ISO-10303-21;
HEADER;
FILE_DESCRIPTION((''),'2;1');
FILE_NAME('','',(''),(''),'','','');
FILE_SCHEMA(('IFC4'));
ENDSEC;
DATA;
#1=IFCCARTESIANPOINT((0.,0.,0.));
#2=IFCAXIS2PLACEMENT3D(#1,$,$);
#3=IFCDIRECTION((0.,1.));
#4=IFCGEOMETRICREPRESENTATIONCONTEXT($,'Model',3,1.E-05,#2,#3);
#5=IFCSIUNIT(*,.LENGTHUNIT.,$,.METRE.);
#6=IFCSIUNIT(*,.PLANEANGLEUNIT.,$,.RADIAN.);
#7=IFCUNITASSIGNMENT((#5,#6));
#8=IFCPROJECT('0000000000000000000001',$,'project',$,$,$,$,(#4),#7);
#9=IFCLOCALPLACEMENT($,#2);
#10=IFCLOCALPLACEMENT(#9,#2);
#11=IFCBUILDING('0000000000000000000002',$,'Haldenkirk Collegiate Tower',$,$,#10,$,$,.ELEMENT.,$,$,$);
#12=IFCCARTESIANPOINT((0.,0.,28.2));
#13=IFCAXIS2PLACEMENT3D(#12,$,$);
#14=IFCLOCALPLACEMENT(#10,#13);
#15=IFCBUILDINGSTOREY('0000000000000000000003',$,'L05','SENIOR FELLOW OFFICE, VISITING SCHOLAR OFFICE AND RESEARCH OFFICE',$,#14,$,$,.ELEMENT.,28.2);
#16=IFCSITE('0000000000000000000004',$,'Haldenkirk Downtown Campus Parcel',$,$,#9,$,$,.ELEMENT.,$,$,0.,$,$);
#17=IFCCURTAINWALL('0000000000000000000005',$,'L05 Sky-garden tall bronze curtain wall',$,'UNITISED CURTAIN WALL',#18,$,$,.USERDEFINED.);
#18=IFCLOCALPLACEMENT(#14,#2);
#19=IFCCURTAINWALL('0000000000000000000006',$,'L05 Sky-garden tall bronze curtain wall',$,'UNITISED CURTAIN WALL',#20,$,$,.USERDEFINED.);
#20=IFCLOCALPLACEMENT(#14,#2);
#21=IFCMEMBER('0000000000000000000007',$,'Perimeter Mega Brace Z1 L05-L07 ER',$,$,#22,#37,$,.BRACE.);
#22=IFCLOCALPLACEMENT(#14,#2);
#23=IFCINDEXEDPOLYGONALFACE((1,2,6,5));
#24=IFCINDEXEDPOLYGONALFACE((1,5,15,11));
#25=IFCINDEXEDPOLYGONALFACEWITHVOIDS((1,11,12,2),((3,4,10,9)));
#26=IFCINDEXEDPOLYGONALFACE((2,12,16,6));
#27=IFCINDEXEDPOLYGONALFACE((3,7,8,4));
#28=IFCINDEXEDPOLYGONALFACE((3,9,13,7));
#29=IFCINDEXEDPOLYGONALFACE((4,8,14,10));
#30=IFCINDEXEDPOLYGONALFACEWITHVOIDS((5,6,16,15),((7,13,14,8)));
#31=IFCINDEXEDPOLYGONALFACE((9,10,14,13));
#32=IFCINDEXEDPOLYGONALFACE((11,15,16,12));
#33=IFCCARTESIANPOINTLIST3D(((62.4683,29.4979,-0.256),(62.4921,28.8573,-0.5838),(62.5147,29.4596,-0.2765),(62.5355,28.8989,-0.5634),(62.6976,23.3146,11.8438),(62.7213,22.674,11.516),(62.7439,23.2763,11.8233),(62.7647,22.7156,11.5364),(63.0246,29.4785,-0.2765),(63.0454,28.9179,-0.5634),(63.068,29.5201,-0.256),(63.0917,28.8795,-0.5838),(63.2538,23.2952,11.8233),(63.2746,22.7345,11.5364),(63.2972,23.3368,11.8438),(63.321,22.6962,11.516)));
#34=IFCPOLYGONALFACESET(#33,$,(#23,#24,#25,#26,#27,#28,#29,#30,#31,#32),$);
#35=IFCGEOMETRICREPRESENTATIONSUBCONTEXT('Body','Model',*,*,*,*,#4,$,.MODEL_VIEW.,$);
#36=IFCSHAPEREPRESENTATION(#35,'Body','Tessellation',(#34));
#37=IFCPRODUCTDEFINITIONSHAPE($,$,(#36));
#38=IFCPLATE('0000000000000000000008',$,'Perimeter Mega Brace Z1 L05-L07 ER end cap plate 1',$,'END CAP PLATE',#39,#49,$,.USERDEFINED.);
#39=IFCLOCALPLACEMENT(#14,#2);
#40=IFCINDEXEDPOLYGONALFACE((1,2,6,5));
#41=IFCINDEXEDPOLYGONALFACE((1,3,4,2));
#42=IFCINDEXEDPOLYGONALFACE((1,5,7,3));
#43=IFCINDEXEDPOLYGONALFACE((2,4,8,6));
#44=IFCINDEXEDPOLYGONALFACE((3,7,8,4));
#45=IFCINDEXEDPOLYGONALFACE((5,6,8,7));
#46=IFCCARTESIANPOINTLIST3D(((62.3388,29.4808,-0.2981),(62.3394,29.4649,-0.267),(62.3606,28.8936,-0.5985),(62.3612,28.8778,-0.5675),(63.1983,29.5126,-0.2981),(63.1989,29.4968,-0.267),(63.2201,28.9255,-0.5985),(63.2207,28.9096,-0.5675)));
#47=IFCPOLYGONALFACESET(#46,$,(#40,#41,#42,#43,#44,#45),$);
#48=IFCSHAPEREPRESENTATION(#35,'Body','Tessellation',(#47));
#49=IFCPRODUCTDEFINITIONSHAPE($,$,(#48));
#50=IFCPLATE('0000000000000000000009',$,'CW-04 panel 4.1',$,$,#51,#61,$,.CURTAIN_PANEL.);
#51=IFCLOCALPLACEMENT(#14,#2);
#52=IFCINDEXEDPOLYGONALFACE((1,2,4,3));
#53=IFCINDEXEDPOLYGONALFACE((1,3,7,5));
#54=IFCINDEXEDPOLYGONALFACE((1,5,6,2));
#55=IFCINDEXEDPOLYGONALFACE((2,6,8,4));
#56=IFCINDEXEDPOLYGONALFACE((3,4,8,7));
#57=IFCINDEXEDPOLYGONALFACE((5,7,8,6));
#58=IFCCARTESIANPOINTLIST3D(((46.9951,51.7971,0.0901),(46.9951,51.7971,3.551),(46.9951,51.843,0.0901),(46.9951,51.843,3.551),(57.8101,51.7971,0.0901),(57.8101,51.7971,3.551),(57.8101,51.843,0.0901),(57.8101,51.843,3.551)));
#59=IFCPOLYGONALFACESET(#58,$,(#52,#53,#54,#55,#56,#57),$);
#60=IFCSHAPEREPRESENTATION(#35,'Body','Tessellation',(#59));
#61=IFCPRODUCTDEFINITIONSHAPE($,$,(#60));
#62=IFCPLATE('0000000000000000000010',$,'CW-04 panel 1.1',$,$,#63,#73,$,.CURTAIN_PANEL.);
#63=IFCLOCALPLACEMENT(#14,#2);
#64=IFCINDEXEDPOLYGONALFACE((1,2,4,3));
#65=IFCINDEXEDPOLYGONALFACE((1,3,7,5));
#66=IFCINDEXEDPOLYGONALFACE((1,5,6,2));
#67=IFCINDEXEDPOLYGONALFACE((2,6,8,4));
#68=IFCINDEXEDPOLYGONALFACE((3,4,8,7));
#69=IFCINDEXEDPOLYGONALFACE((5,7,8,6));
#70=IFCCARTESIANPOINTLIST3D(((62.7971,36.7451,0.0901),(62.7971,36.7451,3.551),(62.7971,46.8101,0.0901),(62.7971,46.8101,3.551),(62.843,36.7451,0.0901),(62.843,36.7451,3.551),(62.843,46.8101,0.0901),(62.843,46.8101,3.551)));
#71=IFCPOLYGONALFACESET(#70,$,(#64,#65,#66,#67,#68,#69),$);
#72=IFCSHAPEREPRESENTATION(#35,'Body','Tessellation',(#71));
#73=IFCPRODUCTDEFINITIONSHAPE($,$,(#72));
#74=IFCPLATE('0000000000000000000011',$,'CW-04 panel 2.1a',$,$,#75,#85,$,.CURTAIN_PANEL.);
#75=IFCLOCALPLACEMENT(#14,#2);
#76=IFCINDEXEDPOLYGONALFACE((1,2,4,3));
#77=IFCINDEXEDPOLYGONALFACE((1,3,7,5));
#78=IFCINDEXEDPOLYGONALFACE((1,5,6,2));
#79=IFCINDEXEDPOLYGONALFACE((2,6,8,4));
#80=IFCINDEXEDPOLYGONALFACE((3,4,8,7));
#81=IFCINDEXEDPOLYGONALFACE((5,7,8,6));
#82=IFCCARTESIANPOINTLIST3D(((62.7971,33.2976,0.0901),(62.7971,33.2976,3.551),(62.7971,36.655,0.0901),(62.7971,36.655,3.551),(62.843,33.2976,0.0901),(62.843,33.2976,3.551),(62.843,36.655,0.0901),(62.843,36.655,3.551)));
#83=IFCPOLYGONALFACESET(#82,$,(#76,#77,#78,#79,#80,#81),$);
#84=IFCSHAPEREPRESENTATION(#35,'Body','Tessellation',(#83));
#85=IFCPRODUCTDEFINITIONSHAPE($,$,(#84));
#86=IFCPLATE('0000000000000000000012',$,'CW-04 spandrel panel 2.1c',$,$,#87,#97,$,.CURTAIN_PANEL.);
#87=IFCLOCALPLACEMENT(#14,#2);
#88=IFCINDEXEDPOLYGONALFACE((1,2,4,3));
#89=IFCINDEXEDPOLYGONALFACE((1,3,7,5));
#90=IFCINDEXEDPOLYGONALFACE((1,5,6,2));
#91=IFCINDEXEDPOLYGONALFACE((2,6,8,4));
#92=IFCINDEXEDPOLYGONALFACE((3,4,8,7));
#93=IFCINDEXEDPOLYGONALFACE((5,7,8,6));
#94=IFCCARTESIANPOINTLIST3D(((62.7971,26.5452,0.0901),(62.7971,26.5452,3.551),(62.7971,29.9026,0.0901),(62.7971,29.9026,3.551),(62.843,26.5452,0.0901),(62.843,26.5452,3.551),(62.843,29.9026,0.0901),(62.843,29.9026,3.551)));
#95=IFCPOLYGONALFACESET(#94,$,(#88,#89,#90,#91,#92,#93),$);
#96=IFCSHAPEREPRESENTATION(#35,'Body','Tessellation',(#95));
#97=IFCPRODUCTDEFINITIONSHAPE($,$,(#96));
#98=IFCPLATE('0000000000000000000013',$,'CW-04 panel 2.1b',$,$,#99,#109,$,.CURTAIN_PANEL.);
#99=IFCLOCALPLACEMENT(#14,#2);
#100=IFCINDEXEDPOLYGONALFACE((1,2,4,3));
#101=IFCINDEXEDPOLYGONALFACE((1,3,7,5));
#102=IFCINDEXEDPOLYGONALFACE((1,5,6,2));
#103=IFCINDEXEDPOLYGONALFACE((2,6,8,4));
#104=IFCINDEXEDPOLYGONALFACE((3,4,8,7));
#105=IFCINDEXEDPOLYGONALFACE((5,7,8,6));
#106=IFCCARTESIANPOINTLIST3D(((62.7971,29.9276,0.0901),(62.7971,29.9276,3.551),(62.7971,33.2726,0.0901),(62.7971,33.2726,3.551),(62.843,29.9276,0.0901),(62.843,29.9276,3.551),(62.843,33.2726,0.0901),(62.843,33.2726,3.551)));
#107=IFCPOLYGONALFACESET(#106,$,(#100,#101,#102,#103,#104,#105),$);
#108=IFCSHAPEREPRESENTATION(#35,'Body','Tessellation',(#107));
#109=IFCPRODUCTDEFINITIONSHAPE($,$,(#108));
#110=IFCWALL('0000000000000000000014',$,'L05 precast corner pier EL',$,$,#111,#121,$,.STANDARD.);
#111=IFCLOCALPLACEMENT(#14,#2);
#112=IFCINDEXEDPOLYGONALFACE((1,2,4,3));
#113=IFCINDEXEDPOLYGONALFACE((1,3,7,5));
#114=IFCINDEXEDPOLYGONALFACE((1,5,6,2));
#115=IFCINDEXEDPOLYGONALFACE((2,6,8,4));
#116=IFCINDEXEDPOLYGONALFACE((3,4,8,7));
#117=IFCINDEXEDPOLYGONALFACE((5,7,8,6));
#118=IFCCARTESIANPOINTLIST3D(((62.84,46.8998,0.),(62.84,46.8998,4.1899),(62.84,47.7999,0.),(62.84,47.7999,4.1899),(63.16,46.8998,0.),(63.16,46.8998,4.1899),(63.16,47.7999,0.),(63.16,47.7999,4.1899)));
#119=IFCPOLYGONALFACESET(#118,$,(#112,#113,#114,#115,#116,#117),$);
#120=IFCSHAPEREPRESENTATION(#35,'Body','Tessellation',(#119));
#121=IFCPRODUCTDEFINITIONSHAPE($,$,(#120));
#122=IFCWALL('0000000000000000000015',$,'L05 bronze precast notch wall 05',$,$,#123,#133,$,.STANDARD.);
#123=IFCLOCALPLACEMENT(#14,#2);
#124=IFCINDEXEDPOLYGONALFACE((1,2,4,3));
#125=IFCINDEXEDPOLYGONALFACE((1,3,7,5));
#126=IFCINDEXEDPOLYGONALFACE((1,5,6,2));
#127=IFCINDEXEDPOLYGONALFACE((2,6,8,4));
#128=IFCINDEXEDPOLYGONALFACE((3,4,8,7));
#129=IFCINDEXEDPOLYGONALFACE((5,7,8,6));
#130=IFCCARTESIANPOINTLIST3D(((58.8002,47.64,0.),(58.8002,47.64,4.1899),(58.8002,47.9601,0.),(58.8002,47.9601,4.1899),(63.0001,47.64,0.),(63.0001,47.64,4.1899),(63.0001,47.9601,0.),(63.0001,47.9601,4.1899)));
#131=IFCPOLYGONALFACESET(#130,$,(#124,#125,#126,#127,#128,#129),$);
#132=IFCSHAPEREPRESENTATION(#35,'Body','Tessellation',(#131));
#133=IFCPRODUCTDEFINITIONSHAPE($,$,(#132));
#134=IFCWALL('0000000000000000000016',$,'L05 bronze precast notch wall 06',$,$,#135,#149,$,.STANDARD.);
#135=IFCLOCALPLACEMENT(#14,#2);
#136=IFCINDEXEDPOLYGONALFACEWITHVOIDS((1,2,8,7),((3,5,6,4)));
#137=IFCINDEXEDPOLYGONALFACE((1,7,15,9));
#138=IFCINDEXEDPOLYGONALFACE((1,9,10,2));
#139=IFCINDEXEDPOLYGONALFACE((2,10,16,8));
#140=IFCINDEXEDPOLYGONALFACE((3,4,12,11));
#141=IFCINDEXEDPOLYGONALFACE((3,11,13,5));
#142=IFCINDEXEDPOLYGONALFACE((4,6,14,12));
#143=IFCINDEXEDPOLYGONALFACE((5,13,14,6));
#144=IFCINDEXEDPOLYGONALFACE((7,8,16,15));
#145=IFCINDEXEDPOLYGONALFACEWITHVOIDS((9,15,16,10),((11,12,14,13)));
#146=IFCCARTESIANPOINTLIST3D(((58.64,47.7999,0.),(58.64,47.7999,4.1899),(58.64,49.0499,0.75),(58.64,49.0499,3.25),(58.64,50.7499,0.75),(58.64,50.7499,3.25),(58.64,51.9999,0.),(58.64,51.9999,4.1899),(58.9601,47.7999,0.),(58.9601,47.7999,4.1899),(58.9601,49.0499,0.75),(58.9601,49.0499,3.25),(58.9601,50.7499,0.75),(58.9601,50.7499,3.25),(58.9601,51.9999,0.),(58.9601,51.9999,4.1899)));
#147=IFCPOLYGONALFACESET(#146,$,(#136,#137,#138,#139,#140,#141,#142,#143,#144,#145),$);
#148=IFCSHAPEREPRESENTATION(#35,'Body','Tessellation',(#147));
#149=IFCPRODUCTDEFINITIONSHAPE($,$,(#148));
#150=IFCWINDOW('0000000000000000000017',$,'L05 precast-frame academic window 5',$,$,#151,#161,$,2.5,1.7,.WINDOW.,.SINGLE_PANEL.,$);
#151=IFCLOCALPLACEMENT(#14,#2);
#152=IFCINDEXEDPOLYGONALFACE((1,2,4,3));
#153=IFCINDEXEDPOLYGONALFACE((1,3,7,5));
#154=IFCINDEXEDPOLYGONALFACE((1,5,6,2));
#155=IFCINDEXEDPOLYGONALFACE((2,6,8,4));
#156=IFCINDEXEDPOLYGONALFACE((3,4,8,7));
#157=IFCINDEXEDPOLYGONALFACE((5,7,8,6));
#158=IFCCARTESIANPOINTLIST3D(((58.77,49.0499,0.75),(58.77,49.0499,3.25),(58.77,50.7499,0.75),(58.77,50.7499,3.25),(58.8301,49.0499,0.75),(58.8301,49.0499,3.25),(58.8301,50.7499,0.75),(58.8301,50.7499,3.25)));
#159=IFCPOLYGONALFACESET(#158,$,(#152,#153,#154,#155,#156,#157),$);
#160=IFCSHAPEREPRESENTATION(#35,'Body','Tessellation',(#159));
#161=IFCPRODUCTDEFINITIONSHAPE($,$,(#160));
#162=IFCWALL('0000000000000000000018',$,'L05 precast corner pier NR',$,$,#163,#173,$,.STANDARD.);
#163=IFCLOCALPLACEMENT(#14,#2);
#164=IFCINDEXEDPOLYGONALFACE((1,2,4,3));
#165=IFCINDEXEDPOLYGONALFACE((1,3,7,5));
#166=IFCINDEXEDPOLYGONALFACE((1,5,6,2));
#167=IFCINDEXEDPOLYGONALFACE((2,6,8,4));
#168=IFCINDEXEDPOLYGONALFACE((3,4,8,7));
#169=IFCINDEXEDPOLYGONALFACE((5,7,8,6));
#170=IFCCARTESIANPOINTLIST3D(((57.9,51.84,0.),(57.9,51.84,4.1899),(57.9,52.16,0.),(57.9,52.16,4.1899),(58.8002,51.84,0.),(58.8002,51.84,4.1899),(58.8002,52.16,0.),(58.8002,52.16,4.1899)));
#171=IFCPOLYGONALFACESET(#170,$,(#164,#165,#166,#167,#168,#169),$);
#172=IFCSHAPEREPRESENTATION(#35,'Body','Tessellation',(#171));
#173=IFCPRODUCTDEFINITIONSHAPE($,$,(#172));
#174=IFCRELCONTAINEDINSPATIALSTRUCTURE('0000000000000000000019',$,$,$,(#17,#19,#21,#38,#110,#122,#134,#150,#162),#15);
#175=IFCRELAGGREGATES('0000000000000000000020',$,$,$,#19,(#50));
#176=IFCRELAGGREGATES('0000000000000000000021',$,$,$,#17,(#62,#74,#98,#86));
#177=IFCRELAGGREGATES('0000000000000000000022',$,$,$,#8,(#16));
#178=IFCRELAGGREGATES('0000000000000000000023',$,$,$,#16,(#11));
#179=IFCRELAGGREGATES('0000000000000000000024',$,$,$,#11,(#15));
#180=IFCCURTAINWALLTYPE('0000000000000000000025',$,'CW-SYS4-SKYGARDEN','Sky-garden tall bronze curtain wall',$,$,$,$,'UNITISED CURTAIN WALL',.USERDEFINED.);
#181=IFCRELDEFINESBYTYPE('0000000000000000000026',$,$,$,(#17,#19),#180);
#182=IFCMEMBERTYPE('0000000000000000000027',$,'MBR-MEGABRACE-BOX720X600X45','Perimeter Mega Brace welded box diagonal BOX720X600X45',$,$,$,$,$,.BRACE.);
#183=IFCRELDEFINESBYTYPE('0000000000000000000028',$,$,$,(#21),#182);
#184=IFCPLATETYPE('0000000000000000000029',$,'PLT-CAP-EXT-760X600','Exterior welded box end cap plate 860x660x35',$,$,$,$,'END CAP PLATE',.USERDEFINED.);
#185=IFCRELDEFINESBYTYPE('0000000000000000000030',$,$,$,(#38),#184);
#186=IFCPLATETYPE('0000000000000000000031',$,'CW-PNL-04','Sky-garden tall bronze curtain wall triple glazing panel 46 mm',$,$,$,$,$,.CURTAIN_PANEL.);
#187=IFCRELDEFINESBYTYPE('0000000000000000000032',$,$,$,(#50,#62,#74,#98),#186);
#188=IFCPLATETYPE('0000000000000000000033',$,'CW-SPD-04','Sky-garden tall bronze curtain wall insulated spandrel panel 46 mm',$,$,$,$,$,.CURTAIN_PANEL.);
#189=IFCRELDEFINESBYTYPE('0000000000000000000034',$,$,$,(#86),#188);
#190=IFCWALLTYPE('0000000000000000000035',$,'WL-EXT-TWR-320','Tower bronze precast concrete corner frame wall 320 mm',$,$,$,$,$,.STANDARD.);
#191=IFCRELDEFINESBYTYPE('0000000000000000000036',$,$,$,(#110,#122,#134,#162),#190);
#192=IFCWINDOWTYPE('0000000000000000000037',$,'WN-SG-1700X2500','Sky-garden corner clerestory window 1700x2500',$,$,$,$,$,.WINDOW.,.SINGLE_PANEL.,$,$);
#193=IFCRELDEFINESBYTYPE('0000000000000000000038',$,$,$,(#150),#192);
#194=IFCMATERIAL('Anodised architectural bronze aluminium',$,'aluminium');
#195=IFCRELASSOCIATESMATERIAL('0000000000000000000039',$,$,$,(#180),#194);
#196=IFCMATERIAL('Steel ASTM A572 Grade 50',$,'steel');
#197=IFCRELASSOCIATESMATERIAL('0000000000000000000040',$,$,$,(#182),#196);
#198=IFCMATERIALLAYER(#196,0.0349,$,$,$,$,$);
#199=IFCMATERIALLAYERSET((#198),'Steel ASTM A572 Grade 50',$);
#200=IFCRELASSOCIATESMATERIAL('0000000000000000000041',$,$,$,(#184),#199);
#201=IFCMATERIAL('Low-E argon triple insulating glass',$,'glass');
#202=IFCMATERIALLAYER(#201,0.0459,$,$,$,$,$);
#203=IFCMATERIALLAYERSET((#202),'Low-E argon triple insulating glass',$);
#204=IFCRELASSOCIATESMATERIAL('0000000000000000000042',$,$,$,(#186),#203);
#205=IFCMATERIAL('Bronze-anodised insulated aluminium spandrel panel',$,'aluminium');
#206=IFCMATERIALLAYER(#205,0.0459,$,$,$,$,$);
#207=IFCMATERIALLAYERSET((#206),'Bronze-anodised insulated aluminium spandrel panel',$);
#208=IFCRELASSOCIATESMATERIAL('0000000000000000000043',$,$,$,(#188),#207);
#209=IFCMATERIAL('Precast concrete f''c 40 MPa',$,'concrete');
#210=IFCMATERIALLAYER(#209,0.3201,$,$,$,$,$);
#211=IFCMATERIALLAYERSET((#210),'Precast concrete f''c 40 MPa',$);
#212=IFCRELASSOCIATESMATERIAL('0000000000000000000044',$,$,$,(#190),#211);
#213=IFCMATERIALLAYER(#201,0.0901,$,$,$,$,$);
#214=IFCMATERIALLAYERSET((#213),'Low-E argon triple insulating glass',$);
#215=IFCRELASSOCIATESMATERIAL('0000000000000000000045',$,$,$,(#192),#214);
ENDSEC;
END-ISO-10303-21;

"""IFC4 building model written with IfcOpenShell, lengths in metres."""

from ifc_helpers import new_model, si_unit, direction, frame, frame_2d, origin, origin_2d, place, context, subcontext, project, spatial, rectangle, hollow_rectangle, extrude, source, transform, mapped, material, layer, layer_set, material_profile, profile_set, type_object, element, fill, aggregate, save


model = new_model("IFC4")

# Units and contexts
model_context = context("Model", 3, precision=1e-05, world=origin(), true_north=direction((0.0, 1.0)))
body_context = subcontext(model_context, "Body", "Model", "MODEL_VIEW")
ifc_project = project(units=[si_unit("LENGTHUNIT", "METRE"), si_unit("PLANEANGLEUNIT", "RADIAN")], contexts=[model_context])

# Site, building, storey
site_placement = place(None, origin())
site = spatial("IfcSite", under=ifc_project, at=site_placement, Name="Haldenkirk Downtown Campus Parcel", CompositionType="ELEMENT", RefElevation=0.0)
building_placement = place(site_placement, origin())
building = spatial("IfcBuilding", under=site, at=building_placement, Name="Haldenkirk Collegiate Tower", CompositionType="ELEMENT")
storey_placement = place(building_placement, frame((0.0, 0.0, 28.2)))
storey = spatial("IfcBuildingStorey", under=building, at=storey_placement, Name="L05", Description="SENIOR FELLOW OFFICE, VISITING SCHOLAR OFFICE AND RESEARCH OFFICE", CompositionType="ELEMENT", Elevation=28.2)

# Shared definitions
ifc_material_1 = material(Name="Steel ASTM A572 Grade 50", Category="steel")

# Curtain wall
ifc_material_2 = material(Name="Anodised architectural bronze aluminium", Category="aluminium")
curtain_wall_type = type_object("IfcCurtainWallType", Name="CW-SYS4-SKYGARDEN", Description="Sky-garden tall bronze curtain wall", ElementType="UNITISED CURTAIN WALL", PredefinedType="USERDEFINED", material=ifc_material_2)
curtain_wall_1_placement = place(storey_placement, origin())
curtain_wall_1 = element("IfcCurtainWall", 1, at=curtain_wall_1_placement, inside=storey, type_object=curtain_wall_type, Name="L05 Sky-garden tall bronze curtain wall", ObjectType="UNITISED CURTAIN WALL", PredefinedType="USERDEFINED")

# Curtain wall
curtain_wall_2_placement = place(storey_placement, origin())
curtain_wall_2 = element("IfcCurtainWall", 2, at=curtain_wall_2_placement, inside=storey, type_object=curtain_wall_type, Name="L05 Sky-garden tall bronze curtain wall", ObjectType="UNITISED CURTAIN WALL", PredefinedType="USERDEFINED")

# Member
ifc_material_profile_1 = material_profile(ifc_material_1, hollow_rectangle(XDim=0.6001, YDim=0.72, WallThickness=0.0449, at=origin_2d()), Name="BOX720X600X45")
ifc_profile_set_1 = profile_set([ifc_material_profile_1], Name="Steel ASTM A572 Grade 50")
member_type_1 = type_object("IfcMemberType", Name="MBR-MEGABRACE-BOX720X600X45", Description="Perimeter Mega Brace welded box diagonal BOX720X600X45", PredefinedType="BRACE", material=ifc_profile_set_1)
member_1_placement = place(storey_placement, frame((62.78, 29.1887, -0.4199), z_axis=(0.016869, -0.454987, 0.890338), x_axis=(0.999313, 0.03705, 0.0)))
element("IfcMember", 3, at=member_1_placement, inside=storey, type_object=member_type_1, Name="Perimeter Mega Brace Z1 L05-L07 ER", PredefinedType="BRACE", context=body_context, shape_type="SweptSolid", body=[
    extrude(hollow_rectangle(XDim=0.6001, YDim=0.72, WallThickness=0.0449, at=origin_2d()), origin(), (0.0, 0.0, 1.0), 13.5901),
])

# Plates
ifc_layer_1 = layer(ifc_material_1, 0.0349)
ifc_layer_set_1 = layer_set([ifc_layer_1], Name="Steel ASTM A572 Grade 50")
plate_type_1 = type_object("IfcPlateType", Name="PLT-CAP-EXT-760X600", Description="Exterior welded box end cap plate 860x660x35", ElementType="END CAP PLATE", PredefinedType="USERDEFINED", material=ifc_layer_set_1)
shared_shape_1 = source(origin(), body_context, "Body", "SweptSolid", [
    extrude(rectangle(XDim=0.8601, YDim=0.6599, at=origin_2d()), origin(), (0.0, 0.0, 1.0), 0.0349),
])
plate_1_placement = place(storey_placement, frame((62.78, 29.1873, -0.4172), z_axis=(-0.016865, 0.45498, -0.890342), x_axis=(-0.999314, -0.037042, 0.0)))
element("IfcPlate", 4, at=plate_1_placement, inside=storey, type_object=plate_type_1, Name="Perimeter Mega Brace Z1 L05-L07 ER end cap plate 1", ObjectType="END CAP PLATE", PredefinedType="USERDEFINED", context=body_context, shape_type="MappedRepresentation", body=[
    mapped(shared_shape_1, transform((0.0, 0.0, 0.0), x_axis=(1.0, 0.0, 0.0), y_axis=(0.0, 1.0, 0.0), z_axis=(0.0, 0.0, 1.0), scale=1.0)),
])
ifc_material_3 = material(Name="Low-E argon triple insulating glass", Category="glass")
ifc_layer_2 = layer(ifc_material_3, 0.0459)
ifc_layer_set_2 = layer_set([ifc_layer_2], Name="Low-E argon triple insulating glass")
plate_type_2 = type_object("IfcPlateType", Name="CW-PNL-04", Description="Sky-garden tall bronze curtain wall triple glazing panel 46 mm", PredefinedType="CURTAIN_PANEL", material=ifc_layer_set_2)
shared_shape_2 = source(origin(), body_context, "Body", "SweptSolid", [
    extrude(rectangle(XDim=10.8149, YDim=0.0459, at=origin_2d()), origin(), (0.0, 0.0, 1.0), 3.4609),
])
plate_2_placement = place(storey_placement, frame((52.4026, 51.8201, 0.0901), z_axis=(0.0, 0.0, 1.0), x_axis=(1.0, 0.0, 0.0)))
plate_2 = element("IfcPlate", 5, at=plate_2_placement, type_object=plate_type_2, Name="CW-04 panel 4.1", PredefinedType="CURTAIN_PANEL", context=body_context, shape_type="MappedRepresentation", body=[
    mapped(shared_shape_2, transform((0.0, 0.0, 0.0), x_axis=(1.0, 0.0, 0.0), y_axis=(0.0, 1.0, 0.0), z_axis=(0.0, 0.0, 1.0), scale=1.0)),
])
aggregate(curtain_wall_2, [plate_2])
shared_shape_3 = source(origin(), body_context, "Body", "SweptSolid", [
    extrude(rectangle(XDim=10.0649, YDim=0.0459, at=origin_2d()), origin(), (0.0, 0.0, 1.0), 3.4609),
])
plate_3_placement = place(storey_placement, frame((62.8201, 41.7776, 0.0901), z_axis=(0.0, 0.0, 1.0), x_axis=(0.0, -1.0, 0.0)))
plate_3 = element("IfcPlate", 6, at=plate_3_placement, type_object=plate_type_2, Name="CW-04 panel 1.1", PredefinedType="CURTAIN_PANEL", context=body_context, shape_type="MappedRepresentation", body=[
    mapped(shared_shape_3, transform((0.0, 0.0, 0.0), x_axis=(1.0, 0.0, 0.0), y_axis=(0.0, 1.0, 0.0), z_axis=(0.0, 0.0, 1.0), scale=1.0)),
])
shared_shape_4 = source(origin(), body_context, "Body", "SweptSolid", [
    extrude(rectangle(XDim=3.3574, YDim=0.0459, at=origin_2d()), origin(), (0.0, 0.0, 1.0), 3.4609),
])
plate_4_placement = place(storey_placement, frame((62.8201, 34.9763, 0.0901), z_axis=(0.0, 0.0, 1.0), x_axis=(0.0, -1.0, 0.0)))
plate_4 = element("IfcPlate", 7, at=plate_4_placement, type_object=plate_type_2, Name="CW-04 panel 2.1a", PredefinedType="CURTAIN_PANEL", context=body_context, shape_type="MappedRepresentation", body=[
    mapped(shared_shape_4, transform((0.0, 0.0, 0.0), x_axis=(1.0, 0.0, 0.0), y_axis=(0.0, 1.0, 0.0), z_axis=(0.0, 0.0, 1.0), scale=1.0)),
])
ifc_material_4 = material(Name="Bronze-anodised insulated aluminium spandrel panel", Category="aluminium")
ifc_layer_3 = layer(ifc_material_4, 0.0459)
ifc_layer_set_3 = layer_set([ifc_layer_3], Name="Bronze-anodised insulated aluminium spandrel panel")
plate_type_3 = type_object("IfcPlateType", Name="CW-SPD-04", Description="Sky-garden tall bronze curtain wall insulated spandrel panel 46 mm", PredefinedType="CURTAIN_PANEL", material=ifc_layer_set_3)
plate_5_placement = place(storey_placement, frame((62.8201, 28.2239, 0.0901), z_axis=(0.0, 0.0, 1.0), x_axis=(0.0, -1.0, 0.0)))
plate_5 = element("IfcPlate", 8, at=plate_5_placement, type_object=plate_type_3, Name="CW-04 spandrel panel 2.1c", PredefinedType="CURTAIN_PANEL", context=body_context, shape_type="MappedRepresentation", body=[
    mapped(shared_shape_4, transform((0.0, 0.0, 0.0), x_axis=(1.0, 0.0, 0.0), y_axis=(0.0, 1.0, 0.0), z_axis=(0.0, 0.0, 1.0), scale=1.0)),
])
shared_shape_5 = source(origin(), body_context, "Body", "SweptSolid", [
    extrude(rectangle(XDim=3.345, YDim=0.0459, at=origin_2d()), origin(), (0.0, 0.0, 1.0), 3.4609),
])
plate_6_placement = place(storey_placement, frame((62.8201, 31.6001, 0.0901), z_axis=(0.0, 0.0, 1.0), x_axis=(0.0, -1.0, 0.0)))
plate_6 = element("IfcPlate", 9, at=plate_6_placement, type_object=plate_type_2, Name="CW-04 panel 2.1b", PredefinedType="CURTAIN_PANEL", context=body_context, shape_type="MappedRepresentation", body=[
    mapped(shared_shape_5, transform((0.0, 0.0, 0.0), x_axis=(1.0, 0.0, 0.0), y_axis=(0.0, 1.0, 0.0), z_axis=(0.0, 0.0, 1.0), scale=1.0)),
])
aggregate(curtain_wall_1, [plate_3, plate_4, plate_6, plate_5])

# Walls
ifc_material_5 = material(Name="Precast concrete f'c 40 MPa", Category="concrete")
ifc_layer_4 = layer(ifc_material_5, 0.3201)
ifc_layer_set_4 = layer_set([ifc_layer_4], Name="Precast concrete f'c 40 MPa")
wall_type_1 = type_object("IfcWallType", Name="WL-EXT-TWR-320", Description="Tower bronze precast concrete corner frame wall 320 mm", PredefinedType="STANDARD", material=ifc_layer_set_4)
wall_1_placement = place(storey_placement, frame((63.0, 47.8, 0.0), z_axis=(0.0, 0.0, 1.0), x_axis=(0.0, -1.0, 0.0)))
element("IfcWall", 10, at=wall_1_placement, inside=storey, type_object=wall_type_1, Name="L05 precast corner pier EL", PredefinedType="STANDARD", context=body_context, shape_type="SweptSolid", body=[
    extrude(rectangle(XDim=0.9001, YDim=0.3201, at=frame_2d((0.4502, 0.0))), origin(), (0.0, 0.0, 1.0), 4.1899),
])
wall_2_placement = place(storey_placement, frame((58.8, 47.8, 0.0), z_axis=(0.0, 0.0, 1.0), x_axis=(1.0, 0.0, 0.0)))
element("IfcWall", 11, at=wall_2_placement, inside=storey, type_object=wall_type_1, Name="L05 bronze precast notch wall 05", PredefinedType="STANDARD", context=body_context, shape_type="SweptSolid", body=[
    extrude(rectangle(XDim=4.2, YDim=0.3201, at=frame_2d((2.1001, 0.0))), origin(), (0.0, 0.0, 1.0), 4.1899),
])

# Wall, opening, window
wall_3_placement = place(storey_placement, frame((58.8, 52.0, 0.0), z_axis=(0.0, 0.0, 1.0), x_axis=(0.0, -1.0, 0.0)))
wall_3 = element("IfcWall", 12, at=wall_3_placement, inside=storey, type_object=wall_type_1, Name="L05 bronze precast notch wall 06", PredefinedType="STANDARD", context=body_context, shape_type="SweptSolid", body=[
    extrude(rectangle(XDim=4.2, YDim=0.3201, at=frame_2d((2.1001, 0.0))), origin(), (0.0, 0.0, 1.0), 4.1899),
])
opening_placement = place(wall_3_placement, frame((1.25, 0.0, 0.75)))
opening = element("IfcOpeningElement", 13, at=opening_placement, cuts=wall_3, PredefinedType="OPENING", context=body_context, shape_type="SweptSolid", body=[
    extrude(rectangle(XDim=1.7, YDim=2.5, at=frame_2d((0.8501, 1.25))), frame((0.0, 0.1699, 0.0), z_axis=(0.0, -1.0, 0.0), x_axis=(1.0, 0.0, 0.0)), (0.0, 0.0, 1.0), 0.3401),
])
ifc_layer_5 = layer(ifc_material_3, 0.0901)
ifc_layer_set_5 = layer_set([ifc_layer_5], Name="Low-E argon triple insulating glass")
window_type = type_object("IfcWindowType", Name="WN-SG-1700X2500", Description="Sky-garden corner clerestory window 1700x2500", PartitioningType="SINGLE_PANEL", PredefinedType="WINDOW", material=ifc_layer_set_5)
window_placement = place(opening_placement, origin())
window = element("IfcWindow", 14, at=window_placement, inside=storey, type_object=window_type, Name="L05 precast-frame academic window 5", OverallHeight=2.5, OverallWidth=1.7, PartitioningType="SINGLE_PANEL", PredefinedType="WINDOW", context=body_context, shape_type="SweptSolid", body=[
    extrude(rectangle(XDim=1.7, YDim=2.5, at=frame_2d((0.8501, 1.25))), frame((0.0, 0.03, 0.0), z_axis=(0.0, -1.0, 0.0), x_axis=(1.0, 0.0, 0.0)), (0.0, 0.0, 1.0), 0.0601),
])
fill(opening, window)

# Wall
wall_4_placement = place(storey_placement, frame((57.8999, 52.0, 0.0), z_axis=(0.0, 0.0, 1.0), x_axis=(1.0, 0.0, 0.0)))
element("IfcWall", 15, at=wall_4_placement, inside=storey, type_object=wall_type_1, Name="L05 precast corner pier NR", PredefinedType="STANDARD", context=body_context, shape_type="SweptSolid", body=[
    extrude(rectangle(XDim=0.9001, YDim=0.3201, at=frame_2d((0.4502, 0.0))), origin(), (0.0, 0.0, 1.0), 4.1899),
])

save(model, "model.ifc")
